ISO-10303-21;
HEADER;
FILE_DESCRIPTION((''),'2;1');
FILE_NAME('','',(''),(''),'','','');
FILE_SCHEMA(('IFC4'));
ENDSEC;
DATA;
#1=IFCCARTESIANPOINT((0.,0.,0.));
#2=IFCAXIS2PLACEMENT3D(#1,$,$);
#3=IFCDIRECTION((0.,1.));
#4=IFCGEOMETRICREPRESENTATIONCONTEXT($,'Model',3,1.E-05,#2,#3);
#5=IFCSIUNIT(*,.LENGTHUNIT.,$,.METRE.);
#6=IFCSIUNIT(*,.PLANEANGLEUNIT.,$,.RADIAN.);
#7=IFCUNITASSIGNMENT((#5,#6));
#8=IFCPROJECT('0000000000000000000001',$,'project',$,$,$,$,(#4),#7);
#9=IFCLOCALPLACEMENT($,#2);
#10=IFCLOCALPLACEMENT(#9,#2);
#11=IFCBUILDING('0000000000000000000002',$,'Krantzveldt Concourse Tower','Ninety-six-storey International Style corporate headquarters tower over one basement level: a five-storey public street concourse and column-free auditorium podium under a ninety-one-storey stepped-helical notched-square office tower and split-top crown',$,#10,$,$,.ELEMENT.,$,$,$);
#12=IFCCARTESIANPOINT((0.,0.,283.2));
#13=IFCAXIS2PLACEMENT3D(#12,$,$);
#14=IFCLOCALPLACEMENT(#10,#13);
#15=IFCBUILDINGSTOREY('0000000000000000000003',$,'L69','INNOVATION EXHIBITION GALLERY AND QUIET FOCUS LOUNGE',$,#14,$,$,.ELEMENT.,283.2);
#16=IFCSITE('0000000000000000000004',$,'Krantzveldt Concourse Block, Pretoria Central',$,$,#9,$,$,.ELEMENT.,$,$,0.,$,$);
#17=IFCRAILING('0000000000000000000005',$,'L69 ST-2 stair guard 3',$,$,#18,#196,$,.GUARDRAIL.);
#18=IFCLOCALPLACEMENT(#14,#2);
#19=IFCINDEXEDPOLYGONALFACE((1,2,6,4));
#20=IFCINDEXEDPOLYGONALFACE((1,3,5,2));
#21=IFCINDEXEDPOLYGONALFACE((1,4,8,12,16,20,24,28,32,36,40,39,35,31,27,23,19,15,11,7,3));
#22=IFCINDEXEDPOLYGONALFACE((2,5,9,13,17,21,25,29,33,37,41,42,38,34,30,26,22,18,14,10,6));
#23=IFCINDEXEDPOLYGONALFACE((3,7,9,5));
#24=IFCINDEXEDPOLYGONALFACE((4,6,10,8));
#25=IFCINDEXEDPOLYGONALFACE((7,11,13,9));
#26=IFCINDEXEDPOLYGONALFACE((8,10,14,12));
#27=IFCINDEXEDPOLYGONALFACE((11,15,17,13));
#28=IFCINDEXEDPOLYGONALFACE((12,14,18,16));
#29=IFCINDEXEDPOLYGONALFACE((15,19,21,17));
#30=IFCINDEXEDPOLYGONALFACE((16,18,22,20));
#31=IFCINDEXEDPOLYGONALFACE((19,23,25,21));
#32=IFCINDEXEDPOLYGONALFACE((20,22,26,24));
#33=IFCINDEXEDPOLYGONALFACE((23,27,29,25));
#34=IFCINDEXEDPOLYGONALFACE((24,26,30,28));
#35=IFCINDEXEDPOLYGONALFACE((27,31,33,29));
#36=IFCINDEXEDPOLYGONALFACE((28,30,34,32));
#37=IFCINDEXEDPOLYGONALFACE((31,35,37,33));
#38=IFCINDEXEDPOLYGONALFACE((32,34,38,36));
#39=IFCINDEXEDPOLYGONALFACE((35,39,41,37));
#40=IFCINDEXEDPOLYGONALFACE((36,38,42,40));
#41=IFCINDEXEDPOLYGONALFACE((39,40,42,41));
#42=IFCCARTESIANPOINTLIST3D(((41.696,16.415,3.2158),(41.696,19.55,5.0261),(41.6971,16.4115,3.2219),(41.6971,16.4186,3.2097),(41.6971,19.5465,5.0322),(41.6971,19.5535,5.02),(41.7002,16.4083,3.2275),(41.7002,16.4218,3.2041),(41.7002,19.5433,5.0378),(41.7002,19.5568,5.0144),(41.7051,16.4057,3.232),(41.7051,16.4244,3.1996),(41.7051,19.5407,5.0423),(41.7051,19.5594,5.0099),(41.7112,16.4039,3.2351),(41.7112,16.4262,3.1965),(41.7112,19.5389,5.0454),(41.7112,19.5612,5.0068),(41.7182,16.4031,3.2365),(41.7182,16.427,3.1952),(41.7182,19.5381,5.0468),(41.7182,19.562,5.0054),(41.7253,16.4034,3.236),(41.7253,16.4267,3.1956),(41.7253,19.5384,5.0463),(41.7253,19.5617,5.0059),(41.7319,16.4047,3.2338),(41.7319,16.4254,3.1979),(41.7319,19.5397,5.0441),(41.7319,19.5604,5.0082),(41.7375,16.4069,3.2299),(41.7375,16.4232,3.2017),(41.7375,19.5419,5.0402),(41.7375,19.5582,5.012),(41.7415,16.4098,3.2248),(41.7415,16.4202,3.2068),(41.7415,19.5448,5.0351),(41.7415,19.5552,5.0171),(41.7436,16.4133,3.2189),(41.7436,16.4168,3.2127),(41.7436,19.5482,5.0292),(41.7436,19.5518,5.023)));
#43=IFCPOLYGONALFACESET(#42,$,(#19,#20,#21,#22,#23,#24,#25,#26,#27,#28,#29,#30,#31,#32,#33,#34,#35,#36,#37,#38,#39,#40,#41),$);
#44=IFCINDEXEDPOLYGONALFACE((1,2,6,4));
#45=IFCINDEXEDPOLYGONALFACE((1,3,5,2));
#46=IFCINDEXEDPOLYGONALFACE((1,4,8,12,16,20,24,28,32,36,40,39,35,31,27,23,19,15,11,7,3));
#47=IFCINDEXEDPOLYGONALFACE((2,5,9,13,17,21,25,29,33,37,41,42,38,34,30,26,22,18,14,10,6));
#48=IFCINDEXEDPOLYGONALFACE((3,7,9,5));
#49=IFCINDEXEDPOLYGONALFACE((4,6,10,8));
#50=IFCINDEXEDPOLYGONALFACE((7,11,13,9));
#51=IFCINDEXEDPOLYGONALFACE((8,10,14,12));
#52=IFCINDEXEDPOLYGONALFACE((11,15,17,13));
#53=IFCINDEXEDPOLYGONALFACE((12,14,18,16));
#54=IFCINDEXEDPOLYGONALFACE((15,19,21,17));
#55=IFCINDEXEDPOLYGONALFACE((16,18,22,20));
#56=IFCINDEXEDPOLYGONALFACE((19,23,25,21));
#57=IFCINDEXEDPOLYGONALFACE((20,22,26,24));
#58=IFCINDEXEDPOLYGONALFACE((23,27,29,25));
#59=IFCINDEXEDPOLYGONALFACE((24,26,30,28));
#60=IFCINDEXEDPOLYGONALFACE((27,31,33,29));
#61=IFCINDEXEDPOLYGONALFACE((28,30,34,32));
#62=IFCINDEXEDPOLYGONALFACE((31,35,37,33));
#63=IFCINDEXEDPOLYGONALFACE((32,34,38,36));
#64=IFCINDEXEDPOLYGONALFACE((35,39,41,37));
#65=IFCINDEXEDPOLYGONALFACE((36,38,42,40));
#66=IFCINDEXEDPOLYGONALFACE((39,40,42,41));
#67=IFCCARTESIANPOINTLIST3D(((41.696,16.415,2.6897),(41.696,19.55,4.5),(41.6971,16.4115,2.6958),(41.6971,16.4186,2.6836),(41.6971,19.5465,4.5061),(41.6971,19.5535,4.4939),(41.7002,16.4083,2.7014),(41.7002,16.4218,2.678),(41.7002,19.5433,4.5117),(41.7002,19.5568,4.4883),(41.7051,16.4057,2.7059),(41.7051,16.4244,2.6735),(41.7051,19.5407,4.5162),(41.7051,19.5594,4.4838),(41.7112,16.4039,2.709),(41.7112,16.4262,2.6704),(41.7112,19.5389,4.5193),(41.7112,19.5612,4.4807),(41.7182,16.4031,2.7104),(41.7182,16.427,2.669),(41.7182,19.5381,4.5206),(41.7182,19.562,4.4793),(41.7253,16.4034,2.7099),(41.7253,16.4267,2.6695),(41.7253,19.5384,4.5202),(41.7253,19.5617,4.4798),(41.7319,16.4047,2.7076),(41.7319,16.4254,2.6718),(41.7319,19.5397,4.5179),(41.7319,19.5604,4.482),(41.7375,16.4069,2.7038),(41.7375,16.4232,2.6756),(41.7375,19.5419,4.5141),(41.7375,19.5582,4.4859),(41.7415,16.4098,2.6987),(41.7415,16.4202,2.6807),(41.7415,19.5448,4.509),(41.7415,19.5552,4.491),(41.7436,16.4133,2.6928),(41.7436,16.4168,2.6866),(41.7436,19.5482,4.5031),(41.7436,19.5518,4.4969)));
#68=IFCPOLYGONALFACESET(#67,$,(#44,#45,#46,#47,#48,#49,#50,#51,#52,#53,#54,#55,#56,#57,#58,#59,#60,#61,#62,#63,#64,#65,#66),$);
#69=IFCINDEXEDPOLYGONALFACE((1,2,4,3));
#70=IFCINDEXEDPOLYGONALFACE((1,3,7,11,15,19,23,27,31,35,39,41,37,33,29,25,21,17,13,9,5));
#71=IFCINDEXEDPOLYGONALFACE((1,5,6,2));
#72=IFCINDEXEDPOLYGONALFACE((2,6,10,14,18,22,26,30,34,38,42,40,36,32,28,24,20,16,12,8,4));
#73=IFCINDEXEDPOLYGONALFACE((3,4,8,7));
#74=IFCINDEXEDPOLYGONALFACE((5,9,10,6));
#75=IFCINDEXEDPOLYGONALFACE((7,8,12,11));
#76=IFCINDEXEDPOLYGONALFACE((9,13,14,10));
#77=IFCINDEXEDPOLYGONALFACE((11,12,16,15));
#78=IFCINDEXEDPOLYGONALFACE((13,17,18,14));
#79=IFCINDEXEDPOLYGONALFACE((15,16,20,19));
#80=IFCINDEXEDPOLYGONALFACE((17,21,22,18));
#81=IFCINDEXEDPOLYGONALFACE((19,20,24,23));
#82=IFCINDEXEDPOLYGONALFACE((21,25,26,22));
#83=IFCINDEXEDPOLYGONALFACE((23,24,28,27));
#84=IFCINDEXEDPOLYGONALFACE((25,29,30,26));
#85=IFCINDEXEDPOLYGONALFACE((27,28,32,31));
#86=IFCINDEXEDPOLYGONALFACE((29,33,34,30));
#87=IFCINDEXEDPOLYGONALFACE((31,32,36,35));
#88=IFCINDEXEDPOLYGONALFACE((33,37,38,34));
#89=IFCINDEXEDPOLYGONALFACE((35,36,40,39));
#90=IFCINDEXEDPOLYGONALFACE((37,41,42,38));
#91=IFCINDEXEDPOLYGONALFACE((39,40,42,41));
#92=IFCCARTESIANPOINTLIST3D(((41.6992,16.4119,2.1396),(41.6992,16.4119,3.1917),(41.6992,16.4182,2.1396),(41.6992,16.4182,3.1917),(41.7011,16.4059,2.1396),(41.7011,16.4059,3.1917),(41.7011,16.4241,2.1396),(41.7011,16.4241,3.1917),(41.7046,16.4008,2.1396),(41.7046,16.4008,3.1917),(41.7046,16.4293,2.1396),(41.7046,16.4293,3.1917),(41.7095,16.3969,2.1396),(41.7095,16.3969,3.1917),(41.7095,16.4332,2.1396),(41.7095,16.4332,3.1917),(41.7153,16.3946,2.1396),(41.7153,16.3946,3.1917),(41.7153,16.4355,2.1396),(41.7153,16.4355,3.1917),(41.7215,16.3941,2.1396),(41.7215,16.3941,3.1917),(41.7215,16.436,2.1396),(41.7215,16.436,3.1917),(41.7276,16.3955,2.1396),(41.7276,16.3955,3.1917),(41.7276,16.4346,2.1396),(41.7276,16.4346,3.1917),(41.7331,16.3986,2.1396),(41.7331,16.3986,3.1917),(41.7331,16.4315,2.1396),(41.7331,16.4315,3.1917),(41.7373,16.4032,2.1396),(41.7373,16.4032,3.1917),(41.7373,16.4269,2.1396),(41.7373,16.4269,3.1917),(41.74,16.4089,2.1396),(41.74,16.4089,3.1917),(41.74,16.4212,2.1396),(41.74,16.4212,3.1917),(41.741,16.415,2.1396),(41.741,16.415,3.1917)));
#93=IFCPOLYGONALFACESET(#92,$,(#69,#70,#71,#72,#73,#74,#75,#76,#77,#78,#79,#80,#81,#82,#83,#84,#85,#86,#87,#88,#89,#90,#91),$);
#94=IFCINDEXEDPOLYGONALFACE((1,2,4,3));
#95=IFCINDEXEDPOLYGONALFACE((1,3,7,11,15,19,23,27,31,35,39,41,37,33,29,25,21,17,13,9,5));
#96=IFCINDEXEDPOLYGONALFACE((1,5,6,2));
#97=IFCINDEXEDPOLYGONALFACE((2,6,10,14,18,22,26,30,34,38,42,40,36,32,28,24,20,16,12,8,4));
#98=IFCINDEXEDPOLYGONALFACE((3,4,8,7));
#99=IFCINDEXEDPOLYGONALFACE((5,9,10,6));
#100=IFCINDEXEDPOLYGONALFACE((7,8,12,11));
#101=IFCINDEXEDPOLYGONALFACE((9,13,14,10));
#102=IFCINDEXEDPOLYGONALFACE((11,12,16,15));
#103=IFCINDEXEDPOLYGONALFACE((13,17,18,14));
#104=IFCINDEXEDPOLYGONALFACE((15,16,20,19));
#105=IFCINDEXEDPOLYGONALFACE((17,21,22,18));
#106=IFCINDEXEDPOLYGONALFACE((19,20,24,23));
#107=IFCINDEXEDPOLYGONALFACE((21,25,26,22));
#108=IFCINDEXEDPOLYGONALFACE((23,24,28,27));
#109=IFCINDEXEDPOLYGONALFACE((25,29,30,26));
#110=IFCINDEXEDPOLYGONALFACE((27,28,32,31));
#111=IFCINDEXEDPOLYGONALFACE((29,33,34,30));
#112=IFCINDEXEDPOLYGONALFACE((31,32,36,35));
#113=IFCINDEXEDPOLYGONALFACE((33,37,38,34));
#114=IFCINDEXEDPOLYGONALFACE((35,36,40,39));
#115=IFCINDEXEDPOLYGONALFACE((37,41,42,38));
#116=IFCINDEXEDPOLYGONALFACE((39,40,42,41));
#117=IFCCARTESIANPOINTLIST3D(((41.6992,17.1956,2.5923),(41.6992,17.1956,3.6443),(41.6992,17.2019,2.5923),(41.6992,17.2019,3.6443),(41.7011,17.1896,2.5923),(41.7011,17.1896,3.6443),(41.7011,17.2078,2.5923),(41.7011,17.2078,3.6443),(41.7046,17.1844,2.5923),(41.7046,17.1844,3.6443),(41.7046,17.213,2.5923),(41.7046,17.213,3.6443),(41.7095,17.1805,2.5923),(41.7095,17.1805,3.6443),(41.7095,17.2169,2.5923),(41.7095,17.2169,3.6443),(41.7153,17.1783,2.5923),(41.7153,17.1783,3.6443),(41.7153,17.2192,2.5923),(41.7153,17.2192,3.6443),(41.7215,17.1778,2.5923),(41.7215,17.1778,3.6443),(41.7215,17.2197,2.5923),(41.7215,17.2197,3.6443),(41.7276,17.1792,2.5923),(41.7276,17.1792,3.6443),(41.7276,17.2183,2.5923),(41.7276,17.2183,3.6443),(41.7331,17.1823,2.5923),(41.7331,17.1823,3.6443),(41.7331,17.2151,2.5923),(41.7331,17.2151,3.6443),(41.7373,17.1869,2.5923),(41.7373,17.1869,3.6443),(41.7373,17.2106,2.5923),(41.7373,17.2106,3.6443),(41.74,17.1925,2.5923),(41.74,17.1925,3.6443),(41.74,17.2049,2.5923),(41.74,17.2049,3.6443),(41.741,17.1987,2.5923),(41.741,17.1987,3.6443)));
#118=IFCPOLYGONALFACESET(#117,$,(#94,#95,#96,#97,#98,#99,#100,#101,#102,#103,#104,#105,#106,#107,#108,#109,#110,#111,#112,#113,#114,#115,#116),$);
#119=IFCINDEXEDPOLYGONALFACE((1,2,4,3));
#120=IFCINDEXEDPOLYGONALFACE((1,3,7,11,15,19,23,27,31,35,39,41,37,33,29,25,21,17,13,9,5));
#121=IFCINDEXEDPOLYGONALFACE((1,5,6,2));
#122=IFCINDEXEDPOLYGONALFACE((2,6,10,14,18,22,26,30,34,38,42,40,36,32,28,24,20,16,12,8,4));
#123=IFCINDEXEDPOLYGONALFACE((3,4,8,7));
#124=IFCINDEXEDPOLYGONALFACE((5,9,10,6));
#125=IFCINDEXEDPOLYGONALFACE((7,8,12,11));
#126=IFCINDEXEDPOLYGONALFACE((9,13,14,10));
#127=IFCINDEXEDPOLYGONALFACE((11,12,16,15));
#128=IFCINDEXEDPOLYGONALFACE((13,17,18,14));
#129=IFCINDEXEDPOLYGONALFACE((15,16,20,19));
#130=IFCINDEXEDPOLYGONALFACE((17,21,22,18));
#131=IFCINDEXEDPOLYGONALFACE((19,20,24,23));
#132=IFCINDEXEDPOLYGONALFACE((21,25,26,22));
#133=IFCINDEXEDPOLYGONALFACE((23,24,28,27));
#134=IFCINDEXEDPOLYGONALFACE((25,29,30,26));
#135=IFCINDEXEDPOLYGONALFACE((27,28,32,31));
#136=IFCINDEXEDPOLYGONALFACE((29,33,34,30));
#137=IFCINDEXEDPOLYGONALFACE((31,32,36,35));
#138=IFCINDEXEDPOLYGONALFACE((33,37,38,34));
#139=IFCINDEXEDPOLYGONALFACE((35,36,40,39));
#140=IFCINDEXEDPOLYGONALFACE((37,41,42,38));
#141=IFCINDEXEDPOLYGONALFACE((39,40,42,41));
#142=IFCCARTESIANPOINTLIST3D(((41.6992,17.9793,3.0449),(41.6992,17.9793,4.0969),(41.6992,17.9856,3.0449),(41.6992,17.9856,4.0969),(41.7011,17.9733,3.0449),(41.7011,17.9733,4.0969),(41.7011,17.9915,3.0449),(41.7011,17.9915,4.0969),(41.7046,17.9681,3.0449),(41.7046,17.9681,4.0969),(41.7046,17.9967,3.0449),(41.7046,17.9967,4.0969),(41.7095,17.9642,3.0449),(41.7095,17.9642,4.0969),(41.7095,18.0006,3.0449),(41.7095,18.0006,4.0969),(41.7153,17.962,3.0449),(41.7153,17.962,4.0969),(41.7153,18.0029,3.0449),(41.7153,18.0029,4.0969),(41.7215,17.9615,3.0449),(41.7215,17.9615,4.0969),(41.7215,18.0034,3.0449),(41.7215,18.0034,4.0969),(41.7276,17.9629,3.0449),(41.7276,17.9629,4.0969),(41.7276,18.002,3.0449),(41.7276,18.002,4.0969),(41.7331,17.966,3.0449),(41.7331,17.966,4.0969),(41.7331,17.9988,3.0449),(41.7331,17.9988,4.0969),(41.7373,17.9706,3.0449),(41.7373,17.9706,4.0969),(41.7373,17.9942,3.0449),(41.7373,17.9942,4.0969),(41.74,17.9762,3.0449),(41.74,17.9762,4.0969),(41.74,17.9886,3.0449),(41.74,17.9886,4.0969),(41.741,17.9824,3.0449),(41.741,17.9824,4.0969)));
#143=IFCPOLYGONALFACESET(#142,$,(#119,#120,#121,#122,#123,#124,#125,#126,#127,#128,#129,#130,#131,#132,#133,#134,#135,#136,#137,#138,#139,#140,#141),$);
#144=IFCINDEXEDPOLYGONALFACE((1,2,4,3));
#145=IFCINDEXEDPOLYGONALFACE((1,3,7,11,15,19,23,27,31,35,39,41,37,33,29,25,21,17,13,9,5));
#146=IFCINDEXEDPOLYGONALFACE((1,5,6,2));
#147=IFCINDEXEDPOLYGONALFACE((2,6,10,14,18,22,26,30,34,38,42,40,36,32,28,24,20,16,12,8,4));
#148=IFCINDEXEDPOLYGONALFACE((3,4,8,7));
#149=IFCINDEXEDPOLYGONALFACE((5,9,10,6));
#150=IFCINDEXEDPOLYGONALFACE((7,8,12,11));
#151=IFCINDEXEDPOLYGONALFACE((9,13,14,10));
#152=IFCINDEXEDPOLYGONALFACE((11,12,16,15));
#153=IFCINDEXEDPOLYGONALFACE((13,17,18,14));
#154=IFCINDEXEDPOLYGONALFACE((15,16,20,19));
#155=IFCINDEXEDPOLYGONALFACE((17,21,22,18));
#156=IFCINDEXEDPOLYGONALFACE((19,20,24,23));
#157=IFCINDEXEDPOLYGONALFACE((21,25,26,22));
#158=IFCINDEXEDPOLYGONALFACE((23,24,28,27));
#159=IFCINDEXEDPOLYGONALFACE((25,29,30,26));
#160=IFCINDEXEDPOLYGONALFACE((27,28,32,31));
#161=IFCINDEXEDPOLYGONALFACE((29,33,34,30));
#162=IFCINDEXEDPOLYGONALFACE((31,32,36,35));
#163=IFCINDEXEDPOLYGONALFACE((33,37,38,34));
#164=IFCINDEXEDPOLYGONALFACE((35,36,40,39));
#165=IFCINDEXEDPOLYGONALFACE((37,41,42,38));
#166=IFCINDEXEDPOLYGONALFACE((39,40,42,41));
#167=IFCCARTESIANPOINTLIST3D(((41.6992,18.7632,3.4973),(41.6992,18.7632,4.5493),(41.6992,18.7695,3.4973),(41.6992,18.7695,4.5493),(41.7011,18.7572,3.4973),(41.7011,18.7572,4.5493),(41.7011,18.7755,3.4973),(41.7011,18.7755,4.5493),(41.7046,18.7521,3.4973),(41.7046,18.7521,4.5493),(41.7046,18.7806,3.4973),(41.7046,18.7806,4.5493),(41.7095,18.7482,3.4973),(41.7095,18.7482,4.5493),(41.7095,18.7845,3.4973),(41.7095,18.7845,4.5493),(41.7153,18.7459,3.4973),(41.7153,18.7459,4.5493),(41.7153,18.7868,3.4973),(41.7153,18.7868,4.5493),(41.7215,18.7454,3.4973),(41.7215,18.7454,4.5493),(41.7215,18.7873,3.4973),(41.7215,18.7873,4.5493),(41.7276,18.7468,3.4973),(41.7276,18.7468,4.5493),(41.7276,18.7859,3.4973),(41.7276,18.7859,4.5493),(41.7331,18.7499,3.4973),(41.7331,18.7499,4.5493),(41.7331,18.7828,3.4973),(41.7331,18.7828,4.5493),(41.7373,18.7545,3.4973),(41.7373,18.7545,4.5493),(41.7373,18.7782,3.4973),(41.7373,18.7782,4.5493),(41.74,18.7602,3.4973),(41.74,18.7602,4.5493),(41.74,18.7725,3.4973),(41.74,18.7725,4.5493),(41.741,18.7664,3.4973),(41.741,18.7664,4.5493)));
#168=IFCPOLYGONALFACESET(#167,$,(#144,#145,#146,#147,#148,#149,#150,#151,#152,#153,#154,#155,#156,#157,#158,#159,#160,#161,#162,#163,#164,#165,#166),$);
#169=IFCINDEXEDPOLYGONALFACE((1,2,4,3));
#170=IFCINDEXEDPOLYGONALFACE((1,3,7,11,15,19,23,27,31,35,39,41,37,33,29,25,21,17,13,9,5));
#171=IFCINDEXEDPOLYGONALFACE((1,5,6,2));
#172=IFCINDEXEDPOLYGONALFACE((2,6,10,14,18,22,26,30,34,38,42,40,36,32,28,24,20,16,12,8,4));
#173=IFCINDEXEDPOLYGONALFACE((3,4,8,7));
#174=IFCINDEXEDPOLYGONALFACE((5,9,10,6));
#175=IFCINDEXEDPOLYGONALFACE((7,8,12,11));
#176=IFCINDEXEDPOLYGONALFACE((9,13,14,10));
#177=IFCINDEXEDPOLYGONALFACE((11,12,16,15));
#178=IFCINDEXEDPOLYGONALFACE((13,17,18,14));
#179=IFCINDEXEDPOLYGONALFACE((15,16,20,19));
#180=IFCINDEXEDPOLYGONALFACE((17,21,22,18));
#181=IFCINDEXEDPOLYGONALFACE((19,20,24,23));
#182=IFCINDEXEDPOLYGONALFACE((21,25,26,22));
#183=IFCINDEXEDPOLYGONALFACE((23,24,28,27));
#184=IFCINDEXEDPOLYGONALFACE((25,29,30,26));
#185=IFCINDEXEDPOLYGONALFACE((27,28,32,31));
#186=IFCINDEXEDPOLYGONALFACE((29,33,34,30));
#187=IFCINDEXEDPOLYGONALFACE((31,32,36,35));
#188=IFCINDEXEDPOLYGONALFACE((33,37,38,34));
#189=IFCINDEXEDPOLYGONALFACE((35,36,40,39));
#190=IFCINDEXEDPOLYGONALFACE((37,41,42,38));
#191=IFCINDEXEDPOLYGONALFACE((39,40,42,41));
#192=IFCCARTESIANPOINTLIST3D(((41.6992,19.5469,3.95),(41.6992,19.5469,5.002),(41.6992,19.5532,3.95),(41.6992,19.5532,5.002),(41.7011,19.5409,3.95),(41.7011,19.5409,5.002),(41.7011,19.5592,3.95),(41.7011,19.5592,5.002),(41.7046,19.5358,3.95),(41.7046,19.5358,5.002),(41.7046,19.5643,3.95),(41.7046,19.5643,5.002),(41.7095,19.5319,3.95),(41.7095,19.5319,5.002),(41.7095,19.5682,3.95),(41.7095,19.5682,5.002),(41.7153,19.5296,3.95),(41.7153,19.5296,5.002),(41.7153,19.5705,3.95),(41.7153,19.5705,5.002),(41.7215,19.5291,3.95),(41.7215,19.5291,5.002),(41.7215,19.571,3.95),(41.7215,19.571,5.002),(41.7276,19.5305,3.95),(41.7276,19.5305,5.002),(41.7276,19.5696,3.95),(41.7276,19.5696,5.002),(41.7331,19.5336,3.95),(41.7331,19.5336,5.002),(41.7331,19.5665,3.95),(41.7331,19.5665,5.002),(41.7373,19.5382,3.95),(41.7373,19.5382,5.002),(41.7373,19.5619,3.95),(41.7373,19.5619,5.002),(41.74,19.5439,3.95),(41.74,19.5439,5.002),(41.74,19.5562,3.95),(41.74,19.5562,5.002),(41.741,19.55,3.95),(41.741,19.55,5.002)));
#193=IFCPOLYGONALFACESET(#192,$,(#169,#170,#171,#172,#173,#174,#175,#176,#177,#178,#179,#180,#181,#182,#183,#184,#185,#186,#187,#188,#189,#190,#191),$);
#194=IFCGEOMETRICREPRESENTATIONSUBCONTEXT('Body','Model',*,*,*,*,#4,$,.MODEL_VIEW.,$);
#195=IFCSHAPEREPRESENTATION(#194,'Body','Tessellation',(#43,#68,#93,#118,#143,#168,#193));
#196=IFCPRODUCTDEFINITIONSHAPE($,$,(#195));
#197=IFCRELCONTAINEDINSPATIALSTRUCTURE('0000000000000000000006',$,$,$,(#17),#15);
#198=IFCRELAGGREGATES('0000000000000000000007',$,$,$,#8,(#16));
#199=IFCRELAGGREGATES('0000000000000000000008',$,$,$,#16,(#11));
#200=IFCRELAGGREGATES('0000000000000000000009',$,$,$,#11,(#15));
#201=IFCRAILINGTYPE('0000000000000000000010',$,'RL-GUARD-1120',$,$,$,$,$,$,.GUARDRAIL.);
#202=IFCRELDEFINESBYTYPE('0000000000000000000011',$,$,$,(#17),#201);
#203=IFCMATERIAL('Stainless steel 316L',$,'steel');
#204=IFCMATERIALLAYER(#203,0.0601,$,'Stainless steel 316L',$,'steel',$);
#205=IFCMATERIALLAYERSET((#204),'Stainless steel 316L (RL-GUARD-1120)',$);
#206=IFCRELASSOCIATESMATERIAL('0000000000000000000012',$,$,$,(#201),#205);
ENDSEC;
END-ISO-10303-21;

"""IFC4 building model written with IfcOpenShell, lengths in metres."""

from ifc_helpers import new_model, si_unit, direction, frame, origin, origin_2d, place, context, subcontext, project, spatial, circle, extrude, material, layer, layer_set, type_object, element, save


model = new_model("IFC4")

# Units and contexts
model_context = context("Model", 3, precision=1e-05, world=origin(), true_north=direction((0.0, 1.0)))
body_context = subcontext(model_context, "Body", "Model", "MODEL_VIEW")
ifc_project = project(units=[si_unit("LENGTHUNIT", "METRE"), si_unit("PLANEANGLEUNIT", "RADIAN")], contexts=[model_context])

# Site, building, storey
site_placement = place(None, origin())
site = spatial("IfcSite", under=ifc_project, at=site_placement, Name="Krantzveldt Concourse Block, Pretoria Central", CompositionType="ELEMENT", RefElevation=0.0)
building_placement = place(site_placement, origin())
building = spatial("IfcBuilding", under=site, at=building_placement, Name="Krantzveldt Concourse Tower", Description="Ninety-six-storey International Style corporate headquarters tower over one basement level: a five-storey public street concourse and column-free auditorium podium under a ninety-one-storey stepped-helical notched-square office tower and split-top crown", CompositionType="ELEMENT")
storey_placement = place(building_placement, frame((0.0, 0.0, 283.2)))
storey = spatial("IfcBuildingStorey", under=building, at=storey_placement, Name="L69", Description="INNOVATION EXHIBITION GALLERY AND QUIET FOCUS LOUNGE", CompositionType="ELEMENT", Elevation=283.2)

# Railing
ifc_material_1 = material(Name="Stainless steel 316L", Category="steel")
ifc_layer_1 = layer(ifc_material_1, 0.0601, Name="Stainless steel 316L", Category="steel")
ifc_layer_set_1 = layer_set([ifc_layer_1], Name="Stainless steel 316L (RL-GUARD-1120)")
railing_type_1 = type_object("IfcRailingType", Name="RL-GUARD-1120", PredefinedType="GUARDRAIL", material=ifc_layer_set_1)
railing_1_placement = place(storey_placement, frame((41.72, 16.415, 2.1396)))
element("IfcRailing", 1, at=railing_1_placement, inside=storey, type_object=railing_type_1, Name="L69 ST-2 stair guard 3", PredefinedType="GUARDRAIL", context=body_context, shape_type="SweptSolid", body=[
    extrude(circle(Radius=0.0239, at=origin_2d()), frame((0.0, 0.0, 1.0762), z_axis=(0.0, 0.865989, 0.500063), x_axis=(-1.0, 0.0, 0.0)), (0.0, 0.0, 1.0), 3.6201),
    extrude(circle(Radius=0.0239, at=origin_2d()), frame((0.0, 0.0, 0.55), z_axis=(0.0, 0.865989, 0.500063), x_axis=(-1.0, 0.0, 0.0)), (0.0, 0.0, 1.0), 3.6201),
    extrude(circle(Radius=0.021, at=origin_2d()), origin(), (0.0, 0.0, 1.0), 1.052),
    extrude(circle(Radius=0.021, at=origin_2d()), frame((0.0, 0.7837, 0.4526)), (0.0, 0.0, 1.0), 1.052),
    extrude(circle(Radius=0.021, at=origin_2d()), frame((0.0, 1.5674, 0.9053)), (0.0, 0.0, 1.0), 1.052),
    extrude(circle(Radius=0.021, at=origin_2d()), frame((0.0, 2.3513, 1.3577)), (0.0, 0.0, 1.0), 1.052),
    extrude(circle(Radius=0.021, at=origin_2d()), frame((0.0, 3.135, 1.8103)), (0.0, 0.0, 1.0), 1.052),
])

save(model, "model.ifc")
